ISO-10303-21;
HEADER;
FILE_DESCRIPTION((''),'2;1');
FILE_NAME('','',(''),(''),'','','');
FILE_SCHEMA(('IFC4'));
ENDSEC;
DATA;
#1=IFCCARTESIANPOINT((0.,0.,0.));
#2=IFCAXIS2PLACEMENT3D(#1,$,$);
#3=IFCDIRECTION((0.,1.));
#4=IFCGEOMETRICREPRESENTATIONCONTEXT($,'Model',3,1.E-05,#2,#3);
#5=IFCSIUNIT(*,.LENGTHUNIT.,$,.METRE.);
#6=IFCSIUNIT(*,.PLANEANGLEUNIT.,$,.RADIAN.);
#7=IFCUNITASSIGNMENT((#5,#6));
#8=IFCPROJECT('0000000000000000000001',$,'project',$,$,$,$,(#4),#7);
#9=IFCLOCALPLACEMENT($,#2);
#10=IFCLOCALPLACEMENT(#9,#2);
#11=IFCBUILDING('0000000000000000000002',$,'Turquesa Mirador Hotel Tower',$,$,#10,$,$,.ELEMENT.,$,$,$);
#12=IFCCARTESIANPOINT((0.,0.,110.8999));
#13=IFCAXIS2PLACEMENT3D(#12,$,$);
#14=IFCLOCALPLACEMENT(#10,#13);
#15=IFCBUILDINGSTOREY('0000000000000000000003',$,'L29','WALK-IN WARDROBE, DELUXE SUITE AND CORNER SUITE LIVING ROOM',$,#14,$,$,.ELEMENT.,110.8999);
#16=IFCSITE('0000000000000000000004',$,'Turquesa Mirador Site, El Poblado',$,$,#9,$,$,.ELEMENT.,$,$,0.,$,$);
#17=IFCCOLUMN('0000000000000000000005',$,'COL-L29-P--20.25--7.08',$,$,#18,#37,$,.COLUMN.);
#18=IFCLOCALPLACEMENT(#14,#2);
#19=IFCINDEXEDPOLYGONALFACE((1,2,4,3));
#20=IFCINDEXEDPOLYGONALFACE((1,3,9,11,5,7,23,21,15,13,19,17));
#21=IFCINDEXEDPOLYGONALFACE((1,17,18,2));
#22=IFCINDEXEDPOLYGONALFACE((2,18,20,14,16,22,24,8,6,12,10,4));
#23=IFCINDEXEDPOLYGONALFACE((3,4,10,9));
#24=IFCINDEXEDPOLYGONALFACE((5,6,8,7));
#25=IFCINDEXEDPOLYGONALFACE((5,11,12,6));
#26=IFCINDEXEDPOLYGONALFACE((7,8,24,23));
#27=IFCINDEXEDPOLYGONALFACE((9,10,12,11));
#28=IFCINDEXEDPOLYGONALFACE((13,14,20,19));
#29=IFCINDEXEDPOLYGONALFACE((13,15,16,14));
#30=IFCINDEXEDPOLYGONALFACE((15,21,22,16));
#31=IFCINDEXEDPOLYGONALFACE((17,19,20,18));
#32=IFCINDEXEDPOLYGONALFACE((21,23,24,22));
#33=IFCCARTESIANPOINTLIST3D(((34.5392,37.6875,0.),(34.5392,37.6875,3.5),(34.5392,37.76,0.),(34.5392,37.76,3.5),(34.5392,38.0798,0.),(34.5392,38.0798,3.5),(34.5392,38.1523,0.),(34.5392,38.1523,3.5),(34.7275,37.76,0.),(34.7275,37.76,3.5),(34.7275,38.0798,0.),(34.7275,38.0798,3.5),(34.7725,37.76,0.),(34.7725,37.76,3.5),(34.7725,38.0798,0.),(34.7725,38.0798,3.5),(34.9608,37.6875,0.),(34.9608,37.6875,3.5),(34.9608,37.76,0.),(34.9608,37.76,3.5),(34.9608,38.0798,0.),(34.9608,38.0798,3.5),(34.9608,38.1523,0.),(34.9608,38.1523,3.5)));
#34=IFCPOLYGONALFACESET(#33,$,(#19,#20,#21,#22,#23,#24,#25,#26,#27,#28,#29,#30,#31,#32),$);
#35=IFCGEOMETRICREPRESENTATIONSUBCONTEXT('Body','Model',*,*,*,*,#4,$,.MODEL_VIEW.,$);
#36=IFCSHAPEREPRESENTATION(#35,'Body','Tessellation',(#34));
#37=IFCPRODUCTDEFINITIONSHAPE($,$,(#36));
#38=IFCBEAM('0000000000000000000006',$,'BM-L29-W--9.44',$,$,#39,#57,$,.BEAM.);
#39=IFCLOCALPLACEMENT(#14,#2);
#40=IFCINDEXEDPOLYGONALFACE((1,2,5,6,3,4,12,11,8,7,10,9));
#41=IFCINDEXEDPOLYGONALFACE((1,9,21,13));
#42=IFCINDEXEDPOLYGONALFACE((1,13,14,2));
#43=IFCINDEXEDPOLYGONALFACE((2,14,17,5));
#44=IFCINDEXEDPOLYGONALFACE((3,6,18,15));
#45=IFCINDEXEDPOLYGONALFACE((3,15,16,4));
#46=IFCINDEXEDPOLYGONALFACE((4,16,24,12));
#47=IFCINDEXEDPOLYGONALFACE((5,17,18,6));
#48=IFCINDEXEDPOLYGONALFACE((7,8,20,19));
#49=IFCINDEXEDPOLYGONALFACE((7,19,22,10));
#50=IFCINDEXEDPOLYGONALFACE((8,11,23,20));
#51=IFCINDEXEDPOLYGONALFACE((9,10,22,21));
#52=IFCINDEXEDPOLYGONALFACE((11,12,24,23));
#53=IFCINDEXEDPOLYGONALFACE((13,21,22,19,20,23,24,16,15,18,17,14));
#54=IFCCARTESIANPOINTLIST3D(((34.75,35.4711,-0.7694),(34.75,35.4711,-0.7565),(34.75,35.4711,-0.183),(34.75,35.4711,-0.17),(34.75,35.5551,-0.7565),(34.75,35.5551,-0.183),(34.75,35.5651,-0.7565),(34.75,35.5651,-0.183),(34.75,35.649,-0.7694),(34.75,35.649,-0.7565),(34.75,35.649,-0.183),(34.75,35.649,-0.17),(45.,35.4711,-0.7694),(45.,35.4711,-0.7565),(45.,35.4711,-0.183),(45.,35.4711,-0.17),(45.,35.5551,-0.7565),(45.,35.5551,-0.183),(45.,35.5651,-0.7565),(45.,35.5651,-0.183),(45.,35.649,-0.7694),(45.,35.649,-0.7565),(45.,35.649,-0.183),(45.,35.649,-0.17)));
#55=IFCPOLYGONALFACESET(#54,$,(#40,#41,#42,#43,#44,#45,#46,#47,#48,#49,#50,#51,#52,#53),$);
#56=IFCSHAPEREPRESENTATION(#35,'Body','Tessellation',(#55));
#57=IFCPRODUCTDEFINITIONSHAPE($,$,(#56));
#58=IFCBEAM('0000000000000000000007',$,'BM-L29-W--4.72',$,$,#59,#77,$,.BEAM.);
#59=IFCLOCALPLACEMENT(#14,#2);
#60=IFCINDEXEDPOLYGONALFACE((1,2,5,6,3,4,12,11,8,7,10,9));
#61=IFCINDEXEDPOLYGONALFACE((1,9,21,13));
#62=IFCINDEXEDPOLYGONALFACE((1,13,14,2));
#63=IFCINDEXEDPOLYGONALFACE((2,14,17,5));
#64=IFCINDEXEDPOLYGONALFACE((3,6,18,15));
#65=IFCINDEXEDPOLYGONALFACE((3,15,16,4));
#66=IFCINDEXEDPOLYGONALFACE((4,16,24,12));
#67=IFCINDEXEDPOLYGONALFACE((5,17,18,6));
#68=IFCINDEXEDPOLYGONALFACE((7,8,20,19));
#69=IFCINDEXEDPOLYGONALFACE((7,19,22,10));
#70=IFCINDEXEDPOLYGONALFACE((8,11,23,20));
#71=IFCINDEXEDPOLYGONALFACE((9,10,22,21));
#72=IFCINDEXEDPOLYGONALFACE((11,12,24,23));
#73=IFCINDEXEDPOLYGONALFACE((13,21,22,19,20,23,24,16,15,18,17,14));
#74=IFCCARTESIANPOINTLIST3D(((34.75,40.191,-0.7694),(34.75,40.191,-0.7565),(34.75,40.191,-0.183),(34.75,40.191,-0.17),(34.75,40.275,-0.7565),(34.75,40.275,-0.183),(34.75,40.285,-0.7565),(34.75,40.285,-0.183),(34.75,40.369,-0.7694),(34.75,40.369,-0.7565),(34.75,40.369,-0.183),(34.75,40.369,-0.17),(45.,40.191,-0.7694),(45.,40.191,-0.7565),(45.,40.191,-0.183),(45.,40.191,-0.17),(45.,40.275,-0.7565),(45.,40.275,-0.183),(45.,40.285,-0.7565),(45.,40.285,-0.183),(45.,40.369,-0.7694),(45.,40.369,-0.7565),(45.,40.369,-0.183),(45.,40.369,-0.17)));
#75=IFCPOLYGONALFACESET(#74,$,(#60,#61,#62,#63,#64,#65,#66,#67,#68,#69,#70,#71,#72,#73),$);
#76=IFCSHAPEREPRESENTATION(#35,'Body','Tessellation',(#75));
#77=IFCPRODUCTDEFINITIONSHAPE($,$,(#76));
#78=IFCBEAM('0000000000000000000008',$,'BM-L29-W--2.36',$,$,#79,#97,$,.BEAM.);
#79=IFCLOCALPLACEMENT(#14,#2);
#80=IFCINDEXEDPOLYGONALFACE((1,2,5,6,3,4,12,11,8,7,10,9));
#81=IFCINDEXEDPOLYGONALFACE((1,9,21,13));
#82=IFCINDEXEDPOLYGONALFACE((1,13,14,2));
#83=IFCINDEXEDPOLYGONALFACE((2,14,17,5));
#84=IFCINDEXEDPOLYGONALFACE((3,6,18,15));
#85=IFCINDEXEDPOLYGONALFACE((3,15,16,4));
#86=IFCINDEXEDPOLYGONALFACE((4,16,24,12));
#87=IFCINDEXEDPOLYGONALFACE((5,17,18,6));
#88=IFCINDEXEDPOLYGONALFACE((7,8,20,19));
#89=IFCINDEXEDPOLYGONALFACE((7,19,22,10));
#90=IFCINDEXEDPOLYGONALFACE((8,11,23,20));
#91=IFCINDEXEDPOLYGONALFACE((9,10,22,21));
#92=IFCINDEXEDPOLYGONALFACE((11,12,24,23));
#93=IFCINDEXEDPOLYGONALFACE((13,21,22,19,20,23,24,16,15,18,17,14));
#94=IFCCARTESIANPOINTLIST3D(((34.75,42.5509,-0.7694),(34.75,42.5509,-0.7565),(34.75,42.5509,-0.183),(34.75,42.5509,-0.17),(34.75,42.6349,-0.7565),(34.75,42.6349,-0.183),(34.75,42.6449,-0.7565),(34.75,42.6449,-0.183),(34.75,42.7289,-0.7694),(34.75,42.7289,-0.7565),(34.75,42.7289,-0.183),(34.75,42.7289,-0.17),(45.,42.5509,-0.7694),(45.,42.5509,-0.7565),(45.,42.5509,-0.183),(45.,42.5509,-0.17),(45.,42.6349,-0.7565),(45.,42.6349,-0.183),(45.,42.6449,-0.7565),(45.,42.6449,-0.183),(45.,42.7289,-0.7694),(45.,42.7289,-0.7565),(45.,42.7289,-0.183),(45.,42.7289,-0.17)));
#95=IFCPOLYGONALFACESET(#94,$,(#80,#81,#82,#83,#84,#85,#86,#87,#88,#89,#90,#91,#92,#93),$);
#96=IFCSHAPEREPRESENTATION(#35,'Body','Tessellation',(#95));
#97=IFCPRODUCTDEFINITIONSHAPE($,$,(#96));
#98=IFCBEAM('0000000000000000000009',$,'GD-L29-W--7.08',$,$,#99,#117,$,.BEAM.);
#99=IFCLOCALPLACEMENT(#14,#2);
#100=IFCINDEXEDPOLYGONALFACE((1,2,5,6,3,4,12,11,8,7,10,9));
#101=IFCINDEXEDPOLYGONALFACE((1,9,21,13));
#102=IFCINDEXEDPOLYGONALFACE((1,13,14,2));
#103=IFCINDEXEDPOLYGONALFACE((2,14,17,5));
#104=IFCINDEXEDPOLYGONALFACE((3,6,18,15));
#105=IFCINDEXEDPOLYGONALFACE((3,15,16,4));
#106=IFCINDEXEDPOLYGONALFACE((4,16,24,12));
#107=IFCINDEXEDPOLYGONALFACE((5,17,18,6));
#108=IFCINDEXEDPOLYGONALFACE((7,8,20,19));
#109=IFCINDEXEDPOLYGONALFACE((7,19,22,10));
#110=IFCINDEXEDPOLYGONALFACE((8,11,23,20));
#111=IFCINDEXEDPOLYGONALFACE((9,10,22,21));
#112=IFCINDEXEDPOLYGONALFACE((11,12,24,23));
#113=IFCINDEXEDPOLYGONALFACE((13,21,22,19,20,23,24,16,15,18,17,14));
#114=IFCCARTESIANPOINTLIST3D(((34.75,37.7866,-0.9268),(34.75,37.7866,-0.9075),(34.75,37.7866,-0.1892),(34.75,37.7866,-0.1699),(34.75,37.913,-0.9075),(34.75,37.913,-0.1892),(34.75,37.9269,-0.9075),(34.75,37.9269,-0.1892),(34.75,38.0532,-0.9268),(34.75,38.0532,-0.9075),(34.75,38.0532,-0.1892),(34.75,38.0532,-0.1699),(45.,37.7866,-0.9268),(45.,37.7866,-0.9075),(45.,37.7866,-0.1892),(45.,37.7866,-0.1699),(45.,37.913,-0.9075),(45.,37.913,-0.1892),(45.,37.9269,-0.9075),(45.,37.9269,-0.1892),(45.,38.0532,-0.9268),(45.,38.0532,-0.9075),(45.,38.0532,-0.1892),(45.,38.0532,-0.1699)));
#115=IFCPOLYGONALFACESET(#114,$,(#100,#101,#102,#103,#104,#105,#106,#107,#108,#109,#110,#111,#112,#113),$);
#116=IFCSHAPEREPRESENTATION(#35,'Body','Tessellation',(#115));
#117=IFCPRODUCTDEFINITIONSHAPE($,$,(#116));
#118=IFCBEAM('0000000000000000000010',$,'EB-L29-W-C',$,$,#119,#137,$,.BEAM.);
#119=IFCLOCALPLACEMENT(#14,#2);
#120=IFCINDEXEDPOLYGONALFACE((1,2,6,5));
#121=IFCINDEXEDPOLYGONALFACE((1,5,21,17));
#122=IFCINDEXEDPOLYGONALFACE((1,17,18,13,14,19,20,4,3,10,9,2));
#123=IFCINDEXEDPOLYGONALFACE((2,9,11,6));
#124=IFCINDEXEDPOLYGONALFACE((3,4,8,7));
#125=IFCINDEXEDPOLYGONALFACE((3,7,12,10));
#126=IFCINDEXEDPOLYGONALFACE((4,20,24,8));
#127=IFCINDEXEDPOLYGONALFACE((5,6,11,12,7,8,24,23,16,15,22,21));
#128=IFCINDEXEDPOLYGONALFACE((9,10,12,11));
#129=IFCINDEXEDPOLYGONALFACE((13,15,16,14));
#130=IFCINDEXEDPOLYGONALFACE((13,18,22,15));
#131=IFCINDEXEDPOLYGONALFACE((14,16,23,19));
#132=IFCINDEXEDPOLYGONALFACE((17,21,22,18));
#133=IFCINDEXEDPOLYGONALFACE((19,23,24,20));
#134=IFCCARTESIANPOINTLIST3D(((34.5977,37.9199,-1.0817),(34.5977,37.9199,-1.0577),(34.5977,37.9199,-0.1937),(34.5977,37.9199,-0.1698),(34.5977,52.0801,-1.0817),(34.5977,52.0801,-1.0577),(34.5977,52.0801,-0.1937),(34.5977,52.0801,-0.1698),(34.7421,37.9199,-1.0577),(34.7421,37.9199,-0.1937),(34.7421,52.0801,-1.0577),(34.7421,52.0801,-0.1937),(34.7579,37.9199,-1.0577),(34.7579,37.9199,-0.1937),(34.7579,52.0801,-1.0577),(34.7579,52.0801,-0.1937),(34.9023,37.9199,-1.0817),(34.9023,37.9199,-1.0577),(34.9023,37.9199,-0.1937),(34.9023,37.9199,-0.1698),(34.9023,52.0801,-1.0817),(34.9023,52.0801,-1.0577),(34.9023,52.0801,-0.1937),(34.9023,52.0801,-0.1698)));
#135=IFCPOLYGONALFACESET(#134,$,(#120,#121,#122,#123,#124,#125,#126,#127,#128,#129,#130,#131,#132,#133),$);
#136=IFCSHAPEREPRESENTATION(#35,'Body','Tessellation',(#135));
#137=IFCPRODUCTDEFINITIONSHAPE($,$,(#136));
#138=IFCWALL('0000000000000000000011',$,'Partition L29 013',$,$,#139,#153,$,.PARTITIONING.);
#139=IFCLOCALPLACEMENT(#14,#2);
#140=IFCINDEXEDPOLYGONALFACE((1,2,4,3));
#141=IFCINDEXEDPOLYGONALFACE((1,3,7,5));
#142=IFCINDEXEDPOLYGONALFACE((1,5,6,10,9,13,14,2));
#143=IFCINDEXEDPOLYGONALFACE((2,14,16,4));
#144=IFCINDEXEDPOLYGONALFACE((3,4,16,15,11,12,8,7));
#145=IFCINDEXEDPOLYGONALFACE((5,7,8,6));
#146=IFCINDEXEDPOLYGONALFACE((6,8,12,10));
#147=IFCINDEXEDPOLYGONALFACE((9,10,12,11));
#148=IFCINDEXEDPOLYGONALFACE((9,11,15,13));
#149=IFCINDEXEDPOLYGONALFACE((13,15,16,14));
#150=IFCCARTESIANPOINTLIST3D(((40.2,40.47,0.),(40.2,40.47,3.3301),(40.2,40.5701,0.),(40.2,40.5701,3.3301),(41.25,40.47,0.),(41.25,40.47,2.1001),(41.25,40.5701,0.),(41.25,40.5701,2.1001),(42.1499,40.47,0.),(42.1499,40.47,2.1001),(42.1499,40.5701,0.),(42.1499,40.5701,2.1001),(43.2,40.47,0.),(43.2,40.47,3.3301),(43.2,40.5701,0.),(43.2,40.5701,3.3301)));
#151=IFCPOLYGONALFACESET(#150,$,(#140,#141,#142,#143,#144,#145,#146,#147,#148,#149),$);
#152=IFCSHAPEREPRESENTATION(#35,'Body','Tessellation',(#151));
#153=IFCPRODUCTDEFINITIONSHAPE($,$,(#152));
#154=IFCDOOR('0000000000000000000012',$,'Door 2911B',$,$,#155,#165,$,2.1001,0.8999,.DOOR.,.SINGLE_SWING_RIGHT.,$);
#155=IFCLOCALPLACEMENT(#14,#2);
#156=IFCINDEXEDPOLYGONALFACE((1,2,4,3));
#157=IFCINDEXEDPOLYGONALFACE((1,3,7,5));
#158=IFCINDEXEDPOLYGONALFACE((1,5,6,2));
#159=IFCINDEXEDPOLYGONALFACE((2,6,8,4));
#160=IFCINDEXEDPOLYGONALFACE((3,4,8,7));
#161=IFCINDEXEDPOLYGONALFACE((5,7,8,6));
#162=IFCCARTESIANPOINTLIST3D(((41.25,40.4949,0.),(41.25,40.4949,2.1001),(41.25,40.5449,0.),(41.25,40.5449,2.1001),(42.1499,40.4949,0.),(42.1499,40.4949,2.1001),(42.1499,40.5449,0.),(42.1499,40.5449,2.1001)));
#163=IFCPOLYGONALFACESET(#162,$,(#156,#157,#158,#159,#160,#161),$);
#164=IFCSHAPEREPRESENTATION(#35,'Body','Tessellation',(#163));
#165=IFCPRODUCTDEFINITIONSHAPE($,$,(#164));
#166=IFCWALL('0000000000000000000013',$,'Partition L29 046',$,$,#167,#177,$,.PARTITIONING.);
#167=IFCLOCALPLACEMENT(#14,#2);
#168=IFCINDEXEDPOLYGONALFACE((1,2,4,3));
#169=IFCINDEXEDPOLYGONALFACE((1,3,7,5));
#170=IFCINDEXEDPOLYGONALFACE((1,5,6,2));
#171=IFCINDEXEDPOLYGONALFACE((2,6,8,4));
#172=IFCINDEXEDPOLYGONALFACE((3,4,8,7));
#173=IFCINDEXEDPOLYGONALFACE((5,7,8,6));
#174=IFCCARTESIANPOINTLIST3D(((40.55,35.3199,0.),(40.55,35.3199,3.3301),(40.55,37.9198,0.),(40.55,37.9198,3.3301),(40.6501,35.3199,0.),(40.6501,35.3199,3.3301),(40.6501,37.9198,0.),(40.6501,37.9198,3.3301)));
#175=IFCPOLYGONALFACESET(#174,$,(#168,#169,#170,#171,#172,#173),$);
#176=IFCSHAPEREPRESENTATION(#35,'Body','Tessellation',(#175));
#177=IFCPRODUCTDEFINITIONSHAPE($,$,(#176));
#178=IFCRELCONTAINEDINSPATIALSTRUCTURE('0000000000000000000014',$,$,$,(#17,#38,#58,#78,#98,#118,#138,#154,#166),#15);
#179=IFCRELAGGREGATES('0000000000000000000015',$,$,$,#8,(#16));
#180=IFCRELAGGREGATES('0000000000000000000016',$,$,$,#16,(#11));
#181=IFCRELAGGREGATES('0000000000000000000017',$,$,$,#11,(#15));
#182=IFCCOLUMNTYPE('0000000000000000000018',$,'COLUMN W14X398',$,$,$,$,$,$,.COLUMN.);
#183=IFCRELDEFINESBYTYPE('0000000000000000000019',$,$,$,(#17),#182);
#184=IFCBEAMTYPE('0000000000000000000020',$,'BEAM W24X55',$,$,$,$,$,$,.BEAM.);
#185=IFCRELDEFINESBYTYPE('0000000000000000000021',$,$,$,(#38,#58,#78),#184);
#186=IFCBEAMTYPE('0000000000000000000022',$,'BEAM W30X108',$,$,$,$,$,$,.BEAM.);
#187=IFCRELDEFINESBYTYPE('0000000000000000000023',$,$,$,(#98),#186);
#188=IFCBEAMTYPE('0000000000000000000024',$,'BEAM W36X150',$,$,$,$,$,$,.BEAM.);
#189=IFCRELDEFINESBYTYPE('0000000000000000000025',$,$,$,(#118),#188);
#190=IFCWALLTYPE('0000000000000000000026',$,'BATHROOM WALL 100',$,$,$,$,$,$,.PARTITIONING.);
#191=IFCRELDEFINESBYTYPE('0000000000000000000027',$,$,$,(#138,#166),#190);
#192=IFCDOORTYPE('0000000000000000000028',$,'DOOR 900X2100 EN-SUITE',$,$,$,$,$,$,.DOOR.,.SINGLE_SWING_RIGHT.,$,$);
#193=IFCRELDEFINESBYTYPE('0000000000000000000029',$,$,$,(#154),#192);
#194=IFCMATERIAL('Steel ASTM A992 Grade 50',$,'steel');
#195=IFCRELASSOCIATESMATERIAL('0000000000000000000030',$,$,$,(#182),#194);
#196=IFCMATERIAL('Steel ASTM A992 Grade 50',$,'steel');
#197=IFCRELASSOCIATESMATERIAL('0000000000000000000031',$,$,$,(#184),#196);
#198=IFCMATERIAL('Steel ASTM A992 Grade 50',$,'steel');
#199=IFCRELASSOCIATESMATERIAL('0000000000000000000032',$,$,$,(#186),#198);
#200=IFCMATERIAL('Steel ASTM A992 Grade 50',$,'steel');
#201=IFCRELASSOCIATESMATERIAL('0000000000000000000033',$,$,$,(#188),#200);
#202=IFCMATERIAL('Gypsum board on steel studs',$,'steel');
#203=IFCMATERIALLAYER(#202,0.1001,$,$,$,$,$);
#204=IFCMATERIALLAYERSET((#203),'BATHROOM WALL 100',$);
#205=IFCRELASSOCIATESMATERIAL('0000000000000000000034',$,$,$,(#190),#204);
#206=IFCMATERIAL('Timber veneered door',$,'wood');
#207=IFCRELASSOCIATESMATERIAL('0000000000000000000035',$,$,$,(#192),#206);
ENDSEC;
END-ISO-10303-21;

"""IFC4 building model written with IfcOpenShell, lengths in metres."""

from ifc_helpers import new_model, si_unit, direction, frame, frame_2d, origin, origin_2d, place, context, subcontext, project, spatial, rectangle, i_section, extrude, material, layer, layer_set, material_profile, profile_set, type_object, element, fill, save


model = new_model("IFC4")

# Units and contexts
model_context = context("Model", 3, precision=1e-05, world=origin(), true_north=direction((0.0, 1.0)))
body_context = subcontext(model_context, "Body", "Model", "MODEL_VIEW")
ifc_project = project(units=[si_unit("LENGTHUNIT", "METRE"), si_unit("PLANEANGLEUNIT", "RADIAN")], contexts=[model_context])

# Site, building, storey
site_placement = place(None, origin())
site = spatial("IfcSite", under=ifc_project, at=site_placement, Name="Turquesa Mirador Site, El Poblado", CompositionType="ELEMENT", RefElevation=0.0)
building_placement = place(site_placement, origin())
building = spatial("IfcBuilding", under=site, at=building_placement, Name="Turquesa Mirador Hotel Tower", CompositionType="ELEMENT")
storey_placement = place(building_placement, frame((0.0, 0.0, 110.8999)))
storey = spatial("IfcBuildingStorey", under=building, at=storey_placement, Name="L29", Description="WALK-IN WARDROBE, DELUXE SUITE AND CORNER SUITE LIVING ROOM", CompositionType="ELEMENT", Elevation=110.8999)

# Column
ifc_material_1 = material(Name="Steel ASTM A992 Grade 50", Category="steel")
ifc_material_profile_1 = material_profile(ifc_material_1, i_section(OverallWidth=0.4216, OverallDepth=0.4648, WebThickness=0.0449, FlangeThickness=0.0725, at=origin_2d()), Name="W14X398")
ifc_profile_set_1 = profile_set([ifc_material_profile_1], Name="Steel ASTM A992 Grade 50")
column_type = type_object("IfcColumnType", Name="COLUMN W14X398", PredefinedType="COLUMN", material=ifc_profile_set_1)
column_placement = place(storey_placement, frame((34.75, 37.9199, 0.0), z_axis=(0.0, 0.0, 1.0), x_axis=(1.0, 0.0, 0.0)))
element("IfcColumn", 1, at=column_placement, inside=storey, type_object=column_type, Name="COL-L29-P--20.25--7.08", PredefinedType="COLUMN", context=body_context, shape_type="SweptSolid", body=[
    extrude(i_section(OverallWidth=0.4216, OverallDepth=0.4648, WebThickness=0.0449, FlangeThickness=0.0725, at=origin_2d()), origin(), (0.0, 0.0, 1.0), 3.5),
])

# Beams
ifc_material_2 = material(Name="Steel ASTM A992 Grade 50", Category="steel")
ifc_material_profile_2 = material_profile(ifc_material_2, i_section(OverallWidth=0.178, OverallDepth=0.5994, WebThickness=0.01, FlangeThickness=0.0129, at=origin_2d()), Name="W24X55")
ifc_profile_set_2 = profile_set([ifc_material_profile_2], Name="Steel ASTM A992 Grade 50")
beam_type_1 = type_object("IfcBeamType", Name="BEAM W24X55", PredefinedType="BEAM", material=ifc_profile_set_2)
for number, where, z_axis, x_axis, name in (
    (2, (34.75, 35.5601, -0.4697), (1.0, 0.0, 0.0), (0.0, 1.0, 0.0), "BM-L29-W--9.44"),
    (3, (34.75, 40.28, -0.4697), (1.0, 0.0, 0.0), (0.0, 1.0, 0.0), "BM-L29-W--4.72"),
    (4, (34.75, 42.6399, -0.4697), (1.0, 0.0, 0.0), (0.0, 1.0, 0.0), "BM-L29-W--2.36"),
):
    element("IfcBeam", number, at=place(storey_placement, frame(where, z_axis=z_axis, x_axis=x_axis)), inside=storey, type_object=beam_type_1, Name=name, PredefinedType="BEAM", context=body_context, shape_type="SweptSolid", body=[
        extrude(i_section(OverallWidth=0.178, OverallDepth=0.5994, WebThickness=0.01, FlangeThickness=0.0129, at=origin_2d()), origin(), (0.0, 0.0, 1.0), 10.25),
    ])
ifc_material_3 = material(Name="Steel ASTM A992 Grade 50", Category="steel")
ifc_material_profile_3 = material_profile(ifc_material_3, i_section(OverallWidth=0.2666, OverallDepth=0.7568, WebThickness=0.0139, FlangeThickness=0.0193, at=origin_2d()), Name="W30X108")
ifc_profile_set_3 = profile_set([ifc_material_profile_3], Name="Steel ASTM A992 Grade 50")
beam_type_2 = type_object("IfcBeamType", Name="BEAM W30X108", PredefinedType="BEAM", material=ifc_profile_set_3)
beam_1_placement = place(storey_placement, frame((34.75, 37.9199, -0.5483), z_axis=(1.0, 0.0, 0.0), x_axis=(0.0, 1.0, 0.0)))
element("IfcBeam", 5, at=beam_1_placement, inside=storey, type_object=beam_type_2, Name="GD-L29-W--7.08", PredefinedType="BEAM", context=body_context, shape_type="SweptSolid", body=[
    extrude(i_section(OverallWidth=0.2666, OverallDepth=0.7568, WebThickness=0.0139, FlangeThickness=0.0193, at=origin_2d()), origin(), (0.0, 0.0, 1.0), 10.25),
])
ifc_material_4 = material(Name="Steel ASTM A992 Grade 50", Category="steel")
ifc_material_profile_4 = material_profile(ifc_material_4, i_section(OverallWidth=0.3047, OverallDepth=0.9119, WebThickness=0.0159, FlangeThickness=0.0239, at=origin_2d()), Name="W36X150")
ifc_profile_set_4 = profile_set([ifc_material_profile_4], Name="Steel ASTM A992 Grade 50")
beam_type_3 = type_object("IfcBeamType", Name="BEAM W36X150", PredefinedType="BEAM", material=ifc_profile_set_4)
beam_2_placement = place(storey_placement, frame((34.75, 37.9199, -0.6257), z_axis=(0.0, 1.0, 0.0), x_axis=(-1.0, 0.0, 0.0)))
element("IfcBeam", 6, at=beam_2_placement, inside=storey, type_object=beam_type_3, Name="EB-L29-W-C", PredefinedType="BEAM", context=body_context, shape_type="SweptSolid", body=[
    extrude(i_section(OverallWidth=0.3047, OverallDepth=0.9119, WebThickness=0.0159, FlangeThickness=0.0239, at=origin_2d()), origin(), (0.0, 0.0, 1.0), 14.1602),
])

# Wall, opening, door
ifc_material_5 = material(Name="Gypsum board on steel studs", Category="steel")
ifc_layer = layer(ifc_material_5, 0.1001)
ifc_layer_set = layer_set([ifc_layer], Name="BATHROOM WALL 100")
wall_type = type_object("IfcWallType", Name="BATHROOM WALL 100", PredefinedType="PARTITIONING", material=ifc_layer_set)
wall_1_placement = place(storey_placement, frame((40.2, 40.52, 0.0), z_axis=(0.0, 0.0, 1.0), x_axis=(1.0, 0.0, 0.0)))
wall_1 = element("IfcWall", 7, at=wall_1_placement, inside=storey, type_object=wall_type, Name="Partition L29 013", PredefinedType="PARTITIONING", context=body_context, shape_type="SweptSolid", body=[
    extrude(rectangle(XDim=3.0, YDim=0.1001, at=frame_2d((1.5, 0.0))), origin(), (0.0, 0.0, 1.0), 3.3301),
])
opening_placement = place(wall_1_placement, frame((1.05, 0.0, 0.0)))
opening = element("IfcOpeningElement", 8, at=opening_placement, cuts=wall_1, PredefinedType="OPENING", context=body_context, shape_type="SweptSolid", body=[
    extrude(rectangle(XDim=0.8999, YDim=2.1001, at=frame_2d((0.45, 1.05))), frame((0.0, 0.0601, 0.0), z_axis=(0.0, -1.0, 0.0), x_axis=(1.0, 0.0, 0.0)), (0.0, 0.0, 1.0), 0.1201),
])
ifc_material_6 = material(Name="Timber veneered door", Category="wood")
door_type = type_object("IfcDoorType", Name="DOOR 900X2100 EN-SUITE", OperationType="SINGLE_SWING_RIGHT", PredefinedType="DOOR", material=ifc_material_6)
door_placement = place(opening_placement, origin())
door = element("IfcDoor", 9, at=door_placement, inside=storey, type_object=door_type, Name="Door 2911B", OperationType="SINGLE_SWING_RIGHT", OverallHeight=2.1001, OverallWidth=0.8999, PredefinedType="DOOR", context=body_context, shape_type="SweptSolid", body=[
    extrude(rectangle(XDim=0.8999, YDim=2.1001, at=frame_2d((0.45, 1.05))), frame((0.0, 0.0249, 0.0), z_axis=(0.0, -1.0, 0.0), x_axis=(1.0, 0.0, 0.0)), (0.0, 0.0, 1.0), 0.05),
])
fill(opening, door)

# Wall
wall_2_placement = place(storey_placement, frame((40.6001, 35.3201, 0.0), z_axis=(0.0, 0.0, 1.0), x_axis=(0.0, 1.0, 0.0)))
element("IfcWall", 10, at=wall_2_placement, inside=storey, type_object=wall_type, Name="Partition L29 046", PredefinedType="PARTITIONING", context=body_context, shape_type="SweptSolid", body=[
    extrude(rectangle(XDim=2.5999, YDim=0.1001, at=frame_2d((1.2998, 0.0))), origin(), (0.0, 0.0, 1.0), 3.3301),
])

save(model, "model.ifc")
